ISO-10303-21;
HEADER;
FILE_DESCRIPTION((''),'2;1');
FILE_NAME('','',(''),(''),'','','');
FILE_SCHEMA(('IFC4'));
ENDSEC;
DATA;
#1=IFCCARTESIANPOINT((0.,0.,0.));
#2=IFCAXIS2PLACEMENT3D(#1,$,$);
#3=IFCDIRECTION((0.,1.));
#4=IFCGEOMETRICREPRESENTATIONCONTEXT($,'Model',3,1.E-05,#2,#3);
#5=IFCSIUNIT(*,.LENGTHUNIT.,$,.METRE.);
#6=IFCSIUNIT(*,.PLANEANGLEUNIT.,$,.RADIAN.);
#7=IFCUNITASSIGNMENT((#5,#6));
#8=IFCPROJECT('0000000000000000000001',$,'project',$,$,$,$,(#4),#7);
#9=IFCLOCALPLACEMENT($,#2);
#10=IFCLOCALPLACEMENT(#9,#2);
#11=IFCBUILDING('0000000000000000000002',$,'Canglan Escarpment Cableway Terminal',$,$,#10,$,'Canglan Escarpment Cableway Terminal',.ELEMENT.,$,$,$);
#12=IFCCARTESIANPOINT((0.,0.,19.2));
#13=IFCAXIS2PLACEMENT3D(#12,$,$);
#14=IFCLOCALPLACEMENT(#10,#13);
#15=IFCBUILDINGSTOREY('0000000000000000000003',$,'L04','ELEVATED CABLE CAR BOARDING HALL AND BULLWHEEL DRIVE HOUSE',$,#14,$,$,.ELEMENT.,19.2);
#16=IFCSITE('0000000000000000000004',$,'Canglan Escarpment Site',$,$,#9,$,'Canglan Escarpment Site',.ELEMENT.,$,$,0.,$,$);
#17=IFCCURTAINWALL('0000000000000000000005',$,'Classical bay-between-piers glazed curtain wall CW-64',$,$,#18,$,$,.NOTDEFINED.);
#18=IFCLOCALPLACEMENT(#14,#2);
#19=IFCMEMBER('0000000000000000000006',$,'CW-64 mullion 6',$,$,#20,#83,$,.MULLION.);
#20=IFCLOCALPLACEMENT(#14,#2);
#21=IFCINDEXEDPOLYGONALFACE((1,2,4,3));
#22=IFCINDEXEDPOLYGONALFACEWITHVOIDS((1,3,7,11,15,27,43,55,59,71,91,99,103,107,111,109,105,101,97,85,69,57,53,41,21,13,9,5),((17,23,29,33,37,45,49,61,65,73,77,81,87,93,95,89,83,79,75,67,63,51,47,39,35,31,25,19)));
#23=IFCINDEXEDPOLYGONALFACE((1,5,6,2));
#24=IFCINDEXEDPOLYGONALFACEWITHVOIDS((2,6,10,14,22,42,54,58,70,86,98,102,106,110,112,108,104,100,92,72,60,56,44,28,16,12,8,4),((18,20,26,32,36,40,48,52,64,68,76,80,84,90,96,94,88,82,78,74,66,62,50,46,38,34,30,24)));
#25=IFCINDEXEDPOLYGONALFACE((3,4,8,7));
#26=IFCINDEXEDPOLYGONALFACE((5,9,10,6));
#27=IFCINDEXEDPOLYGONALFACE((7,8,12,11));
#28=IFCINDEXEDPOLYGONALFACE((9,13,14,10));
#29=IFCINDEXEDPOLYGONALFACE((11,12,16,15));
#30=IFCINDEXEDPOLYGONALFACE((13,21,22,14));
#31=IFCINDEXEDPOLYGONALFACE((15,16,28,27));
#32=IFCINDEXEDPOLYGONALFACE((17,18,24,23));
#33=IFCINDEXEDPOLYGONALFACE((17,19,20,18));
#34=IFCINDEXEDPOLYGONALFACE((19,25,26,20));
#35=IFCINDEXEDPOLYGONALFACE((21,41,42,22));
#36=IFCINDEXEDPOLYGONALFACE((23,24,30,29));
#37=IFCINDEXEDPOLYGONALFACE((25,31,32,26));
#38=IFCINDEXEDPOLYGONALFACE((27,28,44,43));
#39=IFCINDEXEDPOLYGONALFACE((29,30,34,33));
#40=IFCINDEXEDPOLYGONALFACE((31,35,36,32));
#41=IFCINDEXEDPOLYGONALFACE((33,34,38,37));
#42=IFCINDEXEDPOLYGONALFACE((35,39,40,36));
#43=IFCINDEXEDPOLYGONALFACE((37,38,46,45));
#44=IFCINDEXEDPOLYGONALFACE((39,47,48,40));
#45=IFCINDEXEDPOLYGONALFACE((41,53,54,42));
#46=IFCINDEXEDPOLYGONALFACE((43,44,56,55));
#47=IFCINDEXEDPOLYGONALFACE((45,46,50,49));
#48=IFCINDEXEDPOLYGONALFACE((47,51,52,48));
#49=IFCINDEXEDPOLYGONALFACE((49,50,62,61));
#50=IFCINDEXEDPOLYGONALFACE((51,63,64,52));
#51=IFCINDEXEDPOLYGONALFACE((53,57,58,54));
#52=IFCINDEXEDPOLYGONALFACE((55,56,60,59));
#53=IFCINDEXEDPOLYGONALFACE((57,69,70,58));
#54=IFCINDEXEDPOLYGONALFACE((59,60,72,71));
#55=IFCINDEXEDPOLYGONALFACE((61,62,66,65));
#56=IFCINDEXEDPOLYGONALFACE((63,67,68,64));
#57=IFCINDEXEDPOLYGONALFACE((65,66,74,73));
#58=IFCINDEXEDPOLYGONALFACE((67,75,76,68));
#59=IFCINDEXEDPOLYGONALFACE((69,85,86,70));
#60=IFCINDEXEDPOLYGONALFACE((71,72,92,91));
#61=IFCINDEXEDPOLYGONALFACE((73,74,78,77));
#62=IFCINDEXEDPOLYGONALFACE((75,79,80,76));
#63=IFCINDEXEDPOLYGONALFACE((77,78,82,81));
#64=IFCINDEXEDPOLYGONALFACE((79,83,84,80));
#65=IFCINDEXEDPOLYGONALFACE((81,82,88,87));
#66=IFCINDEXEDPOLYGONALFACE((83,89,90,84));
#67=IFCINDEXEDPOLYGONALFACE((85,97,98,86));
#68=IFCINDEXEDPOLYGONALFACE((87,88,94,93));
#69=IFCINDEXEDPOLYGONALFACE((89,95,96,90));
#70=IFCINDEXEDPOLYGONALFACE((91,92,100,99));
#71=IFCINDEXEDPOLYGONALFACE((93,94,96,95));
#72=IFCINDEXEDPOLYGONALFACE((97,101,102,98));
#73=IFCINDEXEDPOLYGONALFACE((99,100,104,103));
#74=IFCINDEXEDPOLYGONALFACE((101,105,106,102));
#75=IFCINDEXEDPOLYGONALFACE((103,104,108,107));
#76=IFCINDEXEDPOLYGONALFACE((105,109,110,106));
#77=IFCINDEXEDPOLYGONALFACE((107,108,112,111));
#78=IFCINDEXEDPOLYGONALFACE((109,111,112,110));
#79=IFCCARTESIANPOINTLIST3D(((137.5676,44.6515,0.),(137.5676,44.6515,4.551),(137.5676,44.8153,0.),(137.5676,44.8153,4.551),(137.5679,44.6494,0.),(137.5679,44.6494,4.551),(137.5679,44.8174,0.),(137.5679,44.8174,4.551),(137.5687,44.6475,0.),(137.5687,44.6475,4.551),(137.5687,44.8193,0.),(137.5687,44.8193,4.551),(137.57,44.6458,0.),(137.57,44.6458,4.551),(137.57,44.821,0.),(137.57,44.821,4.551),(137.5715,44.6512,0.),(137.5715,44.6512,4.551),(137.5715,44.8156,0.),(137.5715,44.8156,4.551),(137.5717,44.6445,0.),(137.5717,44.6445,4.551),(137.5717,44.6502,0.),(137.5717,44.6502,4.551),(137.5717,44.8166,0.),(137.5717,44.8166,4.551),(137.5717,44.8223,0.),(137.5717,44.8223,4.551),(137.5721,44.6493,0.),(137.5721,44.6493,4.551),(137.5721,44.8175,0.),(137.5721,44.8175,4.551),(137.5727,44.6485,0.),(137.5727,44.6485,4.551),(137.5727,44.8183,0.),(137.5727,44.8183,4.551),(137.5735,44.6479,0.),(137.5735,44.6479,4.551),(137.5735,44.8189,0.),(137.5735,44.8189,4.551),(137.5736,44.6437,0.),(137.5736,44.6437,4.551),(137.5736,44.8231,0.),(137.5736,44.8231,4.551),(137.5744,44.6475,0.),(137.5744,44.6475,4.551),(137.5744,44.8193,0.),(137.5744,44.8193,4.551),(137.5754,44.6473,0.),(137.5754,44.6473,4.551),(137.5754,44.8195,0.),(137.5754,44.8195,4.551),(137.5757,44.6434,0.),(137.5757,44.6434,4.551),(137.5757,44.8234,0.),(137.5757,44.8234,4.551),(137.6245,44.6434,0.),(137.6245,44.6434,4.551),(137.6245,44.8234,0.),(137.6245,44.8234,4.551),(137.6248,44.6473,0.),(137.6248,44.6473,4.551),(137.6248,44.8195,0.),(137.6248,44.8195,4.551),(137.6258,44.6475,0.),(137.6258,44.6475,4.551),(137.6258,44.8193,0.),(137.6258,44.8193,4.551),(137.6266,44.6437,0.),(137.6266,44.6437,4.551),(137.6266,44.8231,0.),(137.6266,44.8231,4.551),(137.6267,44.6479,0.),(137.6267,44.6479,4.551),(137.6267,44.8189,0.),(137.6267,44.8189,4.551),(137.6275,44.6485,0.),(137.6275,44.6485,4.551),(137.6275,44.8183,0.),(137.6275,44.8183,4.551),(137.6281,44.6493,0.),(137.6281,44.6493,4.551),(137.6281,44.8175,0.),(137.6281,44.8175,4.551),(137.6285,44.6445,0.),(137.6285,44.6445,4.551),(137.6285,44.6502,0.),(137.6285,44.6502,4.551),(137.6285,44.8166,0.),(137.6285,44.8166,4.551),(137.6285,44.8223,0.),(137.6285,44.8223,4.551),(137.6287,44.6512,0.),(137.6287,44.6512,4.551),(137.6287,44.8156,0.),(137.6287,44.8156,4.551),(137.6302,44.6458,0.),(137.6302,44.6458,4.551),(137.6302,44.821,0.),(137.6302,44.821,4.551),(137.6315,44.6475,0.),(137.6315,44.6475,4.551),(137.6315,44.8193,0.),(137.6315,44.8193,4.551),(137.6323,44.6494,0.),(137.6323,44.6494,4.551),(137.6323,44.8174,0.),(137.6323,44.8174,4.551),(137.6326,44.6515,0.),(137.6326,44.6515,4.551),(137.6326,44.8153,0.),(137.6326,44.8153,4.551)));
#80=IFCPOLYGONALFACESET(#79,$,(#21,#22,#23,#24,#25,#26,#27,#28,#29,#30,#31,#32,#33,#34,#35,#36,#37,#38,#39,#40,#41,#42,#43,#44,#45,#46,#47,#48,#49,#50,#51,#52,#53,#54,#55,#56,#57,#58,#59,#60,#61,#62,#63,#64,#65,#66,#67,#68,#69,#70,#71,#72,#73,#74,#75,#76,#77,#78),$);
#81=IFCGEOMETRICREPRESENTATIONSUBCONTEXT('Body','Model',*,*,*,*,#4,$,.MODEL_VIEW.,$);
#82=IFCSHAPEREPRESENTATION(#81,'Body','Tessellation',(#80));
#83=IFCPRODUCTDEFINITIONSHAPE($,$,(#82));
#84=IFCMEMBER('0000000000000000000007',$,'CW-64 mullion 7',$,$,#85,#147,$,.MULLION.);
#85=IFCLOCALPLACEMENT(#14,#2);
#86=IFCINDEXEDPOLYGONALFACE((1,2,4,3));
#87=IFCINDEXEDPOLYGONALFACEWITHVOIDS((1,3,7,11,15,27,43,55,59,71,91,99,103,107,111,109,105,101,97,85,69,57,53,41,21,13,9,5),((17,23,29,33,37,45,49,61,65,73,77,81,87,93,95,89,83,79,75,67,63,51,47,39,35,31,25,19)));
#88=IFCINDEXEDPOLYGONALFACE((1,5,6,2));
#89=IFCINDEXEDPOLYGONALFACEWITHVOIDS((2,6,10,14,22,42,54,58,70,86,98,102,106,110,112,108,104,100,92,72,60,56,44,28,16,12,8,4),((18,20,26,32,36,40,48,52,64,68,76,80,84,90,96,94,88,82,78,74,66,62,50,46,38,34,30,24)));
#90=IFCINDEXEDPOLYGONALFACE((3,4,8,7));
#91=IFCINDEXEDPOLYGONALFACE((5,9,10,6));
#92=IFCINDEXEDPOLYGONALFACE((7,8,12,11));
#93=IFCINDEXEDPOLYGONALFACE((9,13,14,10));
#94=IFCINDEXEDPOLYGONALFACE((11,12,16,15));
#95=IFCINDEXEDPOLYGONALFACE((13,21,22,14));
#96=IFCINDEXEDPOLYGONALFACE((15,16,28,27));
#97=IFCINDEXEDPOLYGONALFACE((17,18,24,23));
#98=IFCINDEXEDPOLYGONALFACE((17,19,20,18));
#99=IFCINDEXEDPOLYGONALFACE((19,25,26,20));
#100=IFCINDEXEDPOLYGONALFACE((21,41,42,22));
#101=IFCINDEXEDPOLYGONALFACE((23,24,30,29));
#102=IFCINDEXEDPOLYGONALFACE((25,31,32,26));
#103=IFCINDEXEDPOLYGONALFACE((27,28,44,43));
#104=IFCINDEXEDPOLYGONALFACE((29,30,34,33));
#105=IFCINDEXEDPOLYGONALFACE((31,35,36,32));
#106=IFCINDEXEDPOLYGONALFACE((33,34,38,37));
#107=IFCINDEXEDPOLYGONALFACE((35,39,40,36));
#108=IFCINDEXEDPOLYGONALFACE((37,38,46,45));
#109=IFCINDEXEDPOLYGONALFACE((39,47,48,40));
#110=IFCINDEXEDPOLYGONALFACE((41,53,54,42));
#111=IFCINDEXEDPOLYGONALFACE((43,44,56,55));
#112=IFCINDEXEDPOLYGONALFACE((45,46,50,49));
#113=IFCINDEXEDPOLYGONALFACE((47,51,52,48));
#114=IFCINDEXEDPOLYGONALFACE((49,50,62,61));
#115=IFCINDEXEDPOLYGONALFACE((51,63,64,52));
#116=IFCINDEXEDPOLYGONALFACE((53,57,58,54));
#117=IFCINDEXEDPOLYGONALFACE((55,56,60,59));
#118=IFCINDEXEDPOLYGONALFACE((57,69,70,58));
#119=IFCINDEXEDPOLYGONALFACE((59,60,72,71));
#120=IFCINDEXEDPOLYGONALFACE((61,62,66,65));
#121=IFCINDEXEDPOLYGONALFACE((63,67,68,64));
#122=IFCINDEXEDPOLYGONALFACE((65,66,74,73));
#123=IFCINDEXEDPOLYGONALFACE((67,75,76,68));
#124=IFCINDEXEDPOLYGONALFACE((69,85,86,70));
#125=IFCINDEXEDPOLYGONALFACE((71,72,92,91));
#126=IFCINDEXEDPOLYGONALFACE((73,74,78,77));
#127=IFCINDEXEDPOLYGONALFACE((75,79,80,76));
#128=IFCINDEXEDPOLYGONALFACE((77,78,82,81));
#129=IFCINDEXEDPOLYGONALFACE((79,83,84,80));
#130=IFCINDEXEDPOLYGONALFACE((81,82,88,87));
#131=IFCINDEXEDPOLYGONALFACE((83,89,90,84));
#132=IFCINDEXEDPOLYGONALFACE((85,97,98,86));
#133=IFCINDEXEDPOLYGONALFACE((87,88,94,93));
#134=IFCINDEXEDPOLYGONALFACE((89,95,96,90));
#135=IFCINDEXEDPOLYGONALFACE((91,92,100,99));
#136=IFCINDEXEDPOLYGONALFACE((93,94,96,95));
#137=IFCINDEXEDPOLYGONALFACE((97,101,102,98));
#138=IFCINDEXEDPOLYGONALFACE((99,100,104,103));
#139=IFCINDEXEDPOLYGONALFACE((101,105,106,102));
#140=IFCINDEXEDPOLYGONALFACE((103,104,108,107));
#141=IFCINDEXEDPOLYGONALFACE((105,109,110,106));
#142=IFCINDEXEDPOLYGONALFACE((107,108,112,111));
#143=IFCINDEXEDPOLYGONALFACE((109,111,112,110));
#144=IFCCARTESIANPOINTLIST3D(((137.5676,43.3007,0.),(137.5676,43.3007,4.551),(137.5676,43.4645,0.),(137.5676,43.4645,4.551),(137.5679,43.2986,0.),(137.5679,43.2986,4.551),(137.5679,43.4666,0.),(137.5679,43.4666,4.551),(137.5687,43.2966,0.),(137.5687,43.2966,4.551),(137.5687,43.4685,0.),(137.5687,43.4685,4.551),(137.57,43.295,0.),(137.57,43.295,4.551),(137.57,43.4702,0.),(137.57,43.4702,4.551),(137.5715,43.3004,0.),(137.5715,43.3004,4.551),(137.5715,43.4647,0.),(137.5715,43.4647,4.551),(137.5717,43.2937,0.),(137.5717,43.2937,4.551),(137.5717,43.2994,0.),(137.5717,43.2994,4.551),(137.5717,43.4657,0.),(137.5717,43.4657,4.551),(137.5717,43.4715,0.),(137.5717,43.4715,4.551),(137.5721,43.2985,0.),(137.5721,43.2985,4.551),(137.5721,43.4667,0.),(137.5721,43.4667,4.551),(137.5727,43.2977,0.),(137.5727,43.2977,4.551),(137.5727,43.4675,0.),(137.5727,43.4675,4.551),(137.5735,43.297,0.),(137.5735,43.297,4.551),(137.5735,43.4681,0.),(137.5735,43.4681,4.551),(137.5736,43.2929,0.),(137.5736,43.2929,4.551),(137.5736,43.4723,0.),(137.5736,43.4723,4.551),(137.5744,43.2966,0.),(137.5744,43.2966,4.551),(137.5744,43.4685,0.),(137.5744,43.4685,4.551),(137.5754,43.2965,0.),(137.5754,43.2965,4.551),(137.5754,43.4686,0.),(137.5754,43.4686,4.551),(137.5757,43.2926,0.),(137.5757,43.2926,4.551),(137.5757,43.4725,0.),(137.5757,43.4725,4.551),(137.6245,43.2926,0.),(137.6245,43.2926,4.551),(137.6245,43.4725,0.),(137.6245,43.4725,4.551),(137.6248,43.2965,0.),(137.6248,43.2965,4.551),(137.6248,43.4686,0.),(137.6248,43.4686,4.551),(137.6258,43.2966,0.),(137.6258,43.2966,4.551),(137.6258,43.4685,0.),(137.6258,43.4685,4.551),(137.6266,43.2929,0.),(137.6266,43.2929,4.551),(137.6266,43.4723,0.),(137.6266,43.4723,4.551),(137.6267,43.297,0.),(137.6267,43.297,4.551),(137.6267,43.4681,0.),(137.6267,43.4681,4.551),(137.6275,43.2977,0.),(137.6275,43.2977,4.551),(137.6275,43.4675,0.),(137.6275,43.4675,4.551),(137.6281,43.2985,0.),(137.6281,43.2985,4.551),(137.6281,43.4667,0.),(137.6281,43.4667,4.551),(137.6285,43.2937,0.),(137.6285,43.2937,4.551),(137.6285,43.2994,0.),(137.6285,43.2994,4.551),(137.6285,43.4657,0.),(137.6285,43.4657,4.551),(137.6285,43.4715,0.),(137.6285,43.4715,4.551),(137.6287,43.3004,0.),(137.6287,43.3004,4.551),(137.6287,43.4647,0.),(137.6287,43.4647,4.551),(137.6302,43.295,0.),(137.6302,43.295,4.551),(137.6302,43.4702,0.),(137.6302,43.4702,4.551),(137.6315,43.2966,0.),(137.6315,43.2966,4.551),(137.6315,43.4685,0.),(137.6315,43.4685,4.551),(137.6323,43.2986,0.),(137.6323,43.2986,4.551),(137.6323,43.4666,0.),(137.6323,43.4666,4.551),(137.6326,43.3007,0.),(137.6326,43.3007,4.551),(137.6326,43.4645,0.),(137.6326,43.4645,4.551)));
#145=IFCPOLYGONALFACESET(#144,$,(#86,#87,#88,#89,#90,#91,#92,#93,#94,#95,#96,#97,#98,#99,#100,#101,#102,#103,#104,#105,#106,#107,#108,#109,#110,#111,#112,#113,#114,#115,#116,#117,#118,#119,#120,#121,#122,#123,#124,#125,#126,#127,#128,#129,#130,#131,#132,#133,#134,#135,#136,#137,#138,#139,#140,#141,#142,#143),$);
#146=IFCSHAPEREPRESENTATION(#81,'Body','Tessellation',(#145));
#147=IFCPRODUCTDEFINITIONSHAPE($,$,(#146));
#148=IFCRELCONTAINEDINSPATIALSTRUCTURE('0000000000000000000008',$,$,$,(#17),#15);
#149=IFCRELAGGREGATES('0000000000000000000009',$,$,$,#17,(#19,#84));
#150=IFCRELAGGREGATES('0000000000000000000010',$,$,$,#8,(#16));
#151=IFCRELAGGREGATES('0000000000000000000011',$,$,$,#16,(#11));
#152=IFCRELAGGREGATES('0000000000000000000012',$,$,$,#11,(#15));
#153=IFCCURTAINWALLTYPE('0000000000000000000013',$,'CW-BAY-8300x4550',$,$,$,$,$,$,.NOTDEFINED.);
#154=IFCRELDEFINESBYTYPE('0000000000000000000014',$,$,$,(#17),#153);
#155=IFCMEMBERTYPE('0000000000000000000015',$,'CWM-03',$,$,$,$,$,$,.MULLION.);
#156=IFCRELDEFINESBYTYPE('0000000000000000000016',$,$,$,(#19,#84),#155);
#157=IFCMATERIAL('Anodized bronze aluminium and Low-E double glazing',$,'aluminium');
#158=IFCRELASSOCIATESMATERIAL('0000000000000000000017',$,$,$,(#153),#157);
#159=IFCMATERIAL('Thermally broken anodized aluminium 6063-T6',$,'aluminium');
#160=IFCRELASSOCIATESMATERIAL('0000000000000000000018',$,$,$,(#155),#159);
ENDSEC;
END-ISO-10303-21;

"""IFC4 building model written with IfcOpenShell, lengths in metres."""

from ifc_helpers import new_model, si_unit, direction, frame, origin, origin_2d, place, context, subcontext, project, spatial, hollow_rectangle, extrude, material, material_profile, profile_set, type_object, element, aggregate, save


model = new_model("IFC4")

# Units and contexts
model_context = context("Model", 3, precision=1e-05, world=origin(), true_north=direction((0.0, 1.0)))
body_context = subcontext(model_context, "Body", "Model", "MODEL_VIEW")
ifc_project = project(units=[si_unit("LENGTHUNIT", "METRE"), si_unit("PLANEANGLEUNIT", "RADIAN")], contexts=[model_context])

# Site, building, storey
site_placement = place(None, origin())
site = spatial("IfcSite", under=ifc_project, at=site_placement, Name="Canglan Escarpment Site", LongName="Canglan Escarpment Site", CompositionType="ELEMENT", RefElevation=0.0)
building_placement = place(site_placement, origin())
building = spatial("IfcBuilding", under=site, at=building_placement, Name="Canglan Escarpment Cableway Terminal", LongName="Canglan Escarpment Cableway Terminal", CompositionType="ELEMENT")
storey_placement = place(building_placement, frame((0.0, 0.0, 19.2)))
storey = spatial("IfcBuildingStorey", under=building, at=storey_placement, Name="L04", Description="ELEVATED CABLE CAR BOARDING HALL AND BULLWHEEL DRIVE HOUSE", CompositionType="ELEMENT", Elevation=19.2)

# Curtain wall, members
ifc_material_1 = material(Name="Anodized bronze aluminium and Low-E double glazing", Category="aluminium")
curtain_wall_type = type_object("IfcCurtainWallType", Name="CW-BAY-8300x4550", PredefinedType="NOTDEFINED", material=ifc_material_1)
curtain_wall_placement = place(storey_placement, origin())
curtain_wall = element("IfcCurtainWall", 1, at=curtain_wall_placement, inside=storey, type_object=curtain_wall_type, Name="Classical bay-between-piers glazed curtain wall CW-64", PredefinedType="NOTDEFINED")
ifc_material_2 = material(Name="Thermally broken anodized aluminium 6063-T6", Category="aluminium")
ifc_material_profile_1 = material_profile(ifc_material_2, hollow_rectangle(XDim=0.0649, YDim=0.1799, WallThickness=0.0039, InnerFilletRadius=0.0039, OuterFilletRadius=0.0081, at=origin_2d()), Name="ALU-MULL 65x180x4")
ifc_profile_set_1 = profile_set([ifc_material_profile_1], Name="Thermally broken anodized aluminium 6063-T6")
member_type_1 = type_object("IfcMemberType", Name="CWM-03", PredefinedType="MULLION", material=ifc_profile_set_1)
member_1_placement = place(storey_placement, frame((137.6001, 44.7334, 0.0), z_axis=(0.0, 0.0, 1.0), x_axis=(1.0, 0.0, 0.0)))
member_1 = element("IfcMember", 2, at=member_1_placement, type_object=member_type_1, Name="CW-64 mullion 6", PredefinedType="MULLION", context=body_context, shape_type="SweptSolid", body=[
    extrude(hollow_rectangle(XDim=0.0649, YDim=0.1799, WallThickness=0.0039, InnerFilletRadius=0.0039, OuterFilletRadius=0.0081, at=origin_2d()), origin(), (0.0, 0.0, 1.0), 4.551),
])
member_2_placement = place(storey_placement, frame((137.6001, 43.3826, 0.0), z_axis=(0.0, 0.0, 1.0), x_axis=(1.0, 0.0, 0.0)))
member_2 = element("IfcMember", 3, at=member_2_placement, type_object=member_type_1, Name="CW-64 mullion 7", PredefinedType="MULLION", context=body_context, shape_type="SweptSolid", body=[
    extrude(hollow_rectangle(XDim=0.0649, YDim=0.1799, WallThickness=0.0039, InnerFilletRadius=0.0039, OuterFilletRadius=0.0081, at=origin_2d()), origin(), (0.0, 0.0, 1.0), 4.551),
])
aggregate(curtain_wall, [member_1, member_2])

save(model, "model.ifc")
